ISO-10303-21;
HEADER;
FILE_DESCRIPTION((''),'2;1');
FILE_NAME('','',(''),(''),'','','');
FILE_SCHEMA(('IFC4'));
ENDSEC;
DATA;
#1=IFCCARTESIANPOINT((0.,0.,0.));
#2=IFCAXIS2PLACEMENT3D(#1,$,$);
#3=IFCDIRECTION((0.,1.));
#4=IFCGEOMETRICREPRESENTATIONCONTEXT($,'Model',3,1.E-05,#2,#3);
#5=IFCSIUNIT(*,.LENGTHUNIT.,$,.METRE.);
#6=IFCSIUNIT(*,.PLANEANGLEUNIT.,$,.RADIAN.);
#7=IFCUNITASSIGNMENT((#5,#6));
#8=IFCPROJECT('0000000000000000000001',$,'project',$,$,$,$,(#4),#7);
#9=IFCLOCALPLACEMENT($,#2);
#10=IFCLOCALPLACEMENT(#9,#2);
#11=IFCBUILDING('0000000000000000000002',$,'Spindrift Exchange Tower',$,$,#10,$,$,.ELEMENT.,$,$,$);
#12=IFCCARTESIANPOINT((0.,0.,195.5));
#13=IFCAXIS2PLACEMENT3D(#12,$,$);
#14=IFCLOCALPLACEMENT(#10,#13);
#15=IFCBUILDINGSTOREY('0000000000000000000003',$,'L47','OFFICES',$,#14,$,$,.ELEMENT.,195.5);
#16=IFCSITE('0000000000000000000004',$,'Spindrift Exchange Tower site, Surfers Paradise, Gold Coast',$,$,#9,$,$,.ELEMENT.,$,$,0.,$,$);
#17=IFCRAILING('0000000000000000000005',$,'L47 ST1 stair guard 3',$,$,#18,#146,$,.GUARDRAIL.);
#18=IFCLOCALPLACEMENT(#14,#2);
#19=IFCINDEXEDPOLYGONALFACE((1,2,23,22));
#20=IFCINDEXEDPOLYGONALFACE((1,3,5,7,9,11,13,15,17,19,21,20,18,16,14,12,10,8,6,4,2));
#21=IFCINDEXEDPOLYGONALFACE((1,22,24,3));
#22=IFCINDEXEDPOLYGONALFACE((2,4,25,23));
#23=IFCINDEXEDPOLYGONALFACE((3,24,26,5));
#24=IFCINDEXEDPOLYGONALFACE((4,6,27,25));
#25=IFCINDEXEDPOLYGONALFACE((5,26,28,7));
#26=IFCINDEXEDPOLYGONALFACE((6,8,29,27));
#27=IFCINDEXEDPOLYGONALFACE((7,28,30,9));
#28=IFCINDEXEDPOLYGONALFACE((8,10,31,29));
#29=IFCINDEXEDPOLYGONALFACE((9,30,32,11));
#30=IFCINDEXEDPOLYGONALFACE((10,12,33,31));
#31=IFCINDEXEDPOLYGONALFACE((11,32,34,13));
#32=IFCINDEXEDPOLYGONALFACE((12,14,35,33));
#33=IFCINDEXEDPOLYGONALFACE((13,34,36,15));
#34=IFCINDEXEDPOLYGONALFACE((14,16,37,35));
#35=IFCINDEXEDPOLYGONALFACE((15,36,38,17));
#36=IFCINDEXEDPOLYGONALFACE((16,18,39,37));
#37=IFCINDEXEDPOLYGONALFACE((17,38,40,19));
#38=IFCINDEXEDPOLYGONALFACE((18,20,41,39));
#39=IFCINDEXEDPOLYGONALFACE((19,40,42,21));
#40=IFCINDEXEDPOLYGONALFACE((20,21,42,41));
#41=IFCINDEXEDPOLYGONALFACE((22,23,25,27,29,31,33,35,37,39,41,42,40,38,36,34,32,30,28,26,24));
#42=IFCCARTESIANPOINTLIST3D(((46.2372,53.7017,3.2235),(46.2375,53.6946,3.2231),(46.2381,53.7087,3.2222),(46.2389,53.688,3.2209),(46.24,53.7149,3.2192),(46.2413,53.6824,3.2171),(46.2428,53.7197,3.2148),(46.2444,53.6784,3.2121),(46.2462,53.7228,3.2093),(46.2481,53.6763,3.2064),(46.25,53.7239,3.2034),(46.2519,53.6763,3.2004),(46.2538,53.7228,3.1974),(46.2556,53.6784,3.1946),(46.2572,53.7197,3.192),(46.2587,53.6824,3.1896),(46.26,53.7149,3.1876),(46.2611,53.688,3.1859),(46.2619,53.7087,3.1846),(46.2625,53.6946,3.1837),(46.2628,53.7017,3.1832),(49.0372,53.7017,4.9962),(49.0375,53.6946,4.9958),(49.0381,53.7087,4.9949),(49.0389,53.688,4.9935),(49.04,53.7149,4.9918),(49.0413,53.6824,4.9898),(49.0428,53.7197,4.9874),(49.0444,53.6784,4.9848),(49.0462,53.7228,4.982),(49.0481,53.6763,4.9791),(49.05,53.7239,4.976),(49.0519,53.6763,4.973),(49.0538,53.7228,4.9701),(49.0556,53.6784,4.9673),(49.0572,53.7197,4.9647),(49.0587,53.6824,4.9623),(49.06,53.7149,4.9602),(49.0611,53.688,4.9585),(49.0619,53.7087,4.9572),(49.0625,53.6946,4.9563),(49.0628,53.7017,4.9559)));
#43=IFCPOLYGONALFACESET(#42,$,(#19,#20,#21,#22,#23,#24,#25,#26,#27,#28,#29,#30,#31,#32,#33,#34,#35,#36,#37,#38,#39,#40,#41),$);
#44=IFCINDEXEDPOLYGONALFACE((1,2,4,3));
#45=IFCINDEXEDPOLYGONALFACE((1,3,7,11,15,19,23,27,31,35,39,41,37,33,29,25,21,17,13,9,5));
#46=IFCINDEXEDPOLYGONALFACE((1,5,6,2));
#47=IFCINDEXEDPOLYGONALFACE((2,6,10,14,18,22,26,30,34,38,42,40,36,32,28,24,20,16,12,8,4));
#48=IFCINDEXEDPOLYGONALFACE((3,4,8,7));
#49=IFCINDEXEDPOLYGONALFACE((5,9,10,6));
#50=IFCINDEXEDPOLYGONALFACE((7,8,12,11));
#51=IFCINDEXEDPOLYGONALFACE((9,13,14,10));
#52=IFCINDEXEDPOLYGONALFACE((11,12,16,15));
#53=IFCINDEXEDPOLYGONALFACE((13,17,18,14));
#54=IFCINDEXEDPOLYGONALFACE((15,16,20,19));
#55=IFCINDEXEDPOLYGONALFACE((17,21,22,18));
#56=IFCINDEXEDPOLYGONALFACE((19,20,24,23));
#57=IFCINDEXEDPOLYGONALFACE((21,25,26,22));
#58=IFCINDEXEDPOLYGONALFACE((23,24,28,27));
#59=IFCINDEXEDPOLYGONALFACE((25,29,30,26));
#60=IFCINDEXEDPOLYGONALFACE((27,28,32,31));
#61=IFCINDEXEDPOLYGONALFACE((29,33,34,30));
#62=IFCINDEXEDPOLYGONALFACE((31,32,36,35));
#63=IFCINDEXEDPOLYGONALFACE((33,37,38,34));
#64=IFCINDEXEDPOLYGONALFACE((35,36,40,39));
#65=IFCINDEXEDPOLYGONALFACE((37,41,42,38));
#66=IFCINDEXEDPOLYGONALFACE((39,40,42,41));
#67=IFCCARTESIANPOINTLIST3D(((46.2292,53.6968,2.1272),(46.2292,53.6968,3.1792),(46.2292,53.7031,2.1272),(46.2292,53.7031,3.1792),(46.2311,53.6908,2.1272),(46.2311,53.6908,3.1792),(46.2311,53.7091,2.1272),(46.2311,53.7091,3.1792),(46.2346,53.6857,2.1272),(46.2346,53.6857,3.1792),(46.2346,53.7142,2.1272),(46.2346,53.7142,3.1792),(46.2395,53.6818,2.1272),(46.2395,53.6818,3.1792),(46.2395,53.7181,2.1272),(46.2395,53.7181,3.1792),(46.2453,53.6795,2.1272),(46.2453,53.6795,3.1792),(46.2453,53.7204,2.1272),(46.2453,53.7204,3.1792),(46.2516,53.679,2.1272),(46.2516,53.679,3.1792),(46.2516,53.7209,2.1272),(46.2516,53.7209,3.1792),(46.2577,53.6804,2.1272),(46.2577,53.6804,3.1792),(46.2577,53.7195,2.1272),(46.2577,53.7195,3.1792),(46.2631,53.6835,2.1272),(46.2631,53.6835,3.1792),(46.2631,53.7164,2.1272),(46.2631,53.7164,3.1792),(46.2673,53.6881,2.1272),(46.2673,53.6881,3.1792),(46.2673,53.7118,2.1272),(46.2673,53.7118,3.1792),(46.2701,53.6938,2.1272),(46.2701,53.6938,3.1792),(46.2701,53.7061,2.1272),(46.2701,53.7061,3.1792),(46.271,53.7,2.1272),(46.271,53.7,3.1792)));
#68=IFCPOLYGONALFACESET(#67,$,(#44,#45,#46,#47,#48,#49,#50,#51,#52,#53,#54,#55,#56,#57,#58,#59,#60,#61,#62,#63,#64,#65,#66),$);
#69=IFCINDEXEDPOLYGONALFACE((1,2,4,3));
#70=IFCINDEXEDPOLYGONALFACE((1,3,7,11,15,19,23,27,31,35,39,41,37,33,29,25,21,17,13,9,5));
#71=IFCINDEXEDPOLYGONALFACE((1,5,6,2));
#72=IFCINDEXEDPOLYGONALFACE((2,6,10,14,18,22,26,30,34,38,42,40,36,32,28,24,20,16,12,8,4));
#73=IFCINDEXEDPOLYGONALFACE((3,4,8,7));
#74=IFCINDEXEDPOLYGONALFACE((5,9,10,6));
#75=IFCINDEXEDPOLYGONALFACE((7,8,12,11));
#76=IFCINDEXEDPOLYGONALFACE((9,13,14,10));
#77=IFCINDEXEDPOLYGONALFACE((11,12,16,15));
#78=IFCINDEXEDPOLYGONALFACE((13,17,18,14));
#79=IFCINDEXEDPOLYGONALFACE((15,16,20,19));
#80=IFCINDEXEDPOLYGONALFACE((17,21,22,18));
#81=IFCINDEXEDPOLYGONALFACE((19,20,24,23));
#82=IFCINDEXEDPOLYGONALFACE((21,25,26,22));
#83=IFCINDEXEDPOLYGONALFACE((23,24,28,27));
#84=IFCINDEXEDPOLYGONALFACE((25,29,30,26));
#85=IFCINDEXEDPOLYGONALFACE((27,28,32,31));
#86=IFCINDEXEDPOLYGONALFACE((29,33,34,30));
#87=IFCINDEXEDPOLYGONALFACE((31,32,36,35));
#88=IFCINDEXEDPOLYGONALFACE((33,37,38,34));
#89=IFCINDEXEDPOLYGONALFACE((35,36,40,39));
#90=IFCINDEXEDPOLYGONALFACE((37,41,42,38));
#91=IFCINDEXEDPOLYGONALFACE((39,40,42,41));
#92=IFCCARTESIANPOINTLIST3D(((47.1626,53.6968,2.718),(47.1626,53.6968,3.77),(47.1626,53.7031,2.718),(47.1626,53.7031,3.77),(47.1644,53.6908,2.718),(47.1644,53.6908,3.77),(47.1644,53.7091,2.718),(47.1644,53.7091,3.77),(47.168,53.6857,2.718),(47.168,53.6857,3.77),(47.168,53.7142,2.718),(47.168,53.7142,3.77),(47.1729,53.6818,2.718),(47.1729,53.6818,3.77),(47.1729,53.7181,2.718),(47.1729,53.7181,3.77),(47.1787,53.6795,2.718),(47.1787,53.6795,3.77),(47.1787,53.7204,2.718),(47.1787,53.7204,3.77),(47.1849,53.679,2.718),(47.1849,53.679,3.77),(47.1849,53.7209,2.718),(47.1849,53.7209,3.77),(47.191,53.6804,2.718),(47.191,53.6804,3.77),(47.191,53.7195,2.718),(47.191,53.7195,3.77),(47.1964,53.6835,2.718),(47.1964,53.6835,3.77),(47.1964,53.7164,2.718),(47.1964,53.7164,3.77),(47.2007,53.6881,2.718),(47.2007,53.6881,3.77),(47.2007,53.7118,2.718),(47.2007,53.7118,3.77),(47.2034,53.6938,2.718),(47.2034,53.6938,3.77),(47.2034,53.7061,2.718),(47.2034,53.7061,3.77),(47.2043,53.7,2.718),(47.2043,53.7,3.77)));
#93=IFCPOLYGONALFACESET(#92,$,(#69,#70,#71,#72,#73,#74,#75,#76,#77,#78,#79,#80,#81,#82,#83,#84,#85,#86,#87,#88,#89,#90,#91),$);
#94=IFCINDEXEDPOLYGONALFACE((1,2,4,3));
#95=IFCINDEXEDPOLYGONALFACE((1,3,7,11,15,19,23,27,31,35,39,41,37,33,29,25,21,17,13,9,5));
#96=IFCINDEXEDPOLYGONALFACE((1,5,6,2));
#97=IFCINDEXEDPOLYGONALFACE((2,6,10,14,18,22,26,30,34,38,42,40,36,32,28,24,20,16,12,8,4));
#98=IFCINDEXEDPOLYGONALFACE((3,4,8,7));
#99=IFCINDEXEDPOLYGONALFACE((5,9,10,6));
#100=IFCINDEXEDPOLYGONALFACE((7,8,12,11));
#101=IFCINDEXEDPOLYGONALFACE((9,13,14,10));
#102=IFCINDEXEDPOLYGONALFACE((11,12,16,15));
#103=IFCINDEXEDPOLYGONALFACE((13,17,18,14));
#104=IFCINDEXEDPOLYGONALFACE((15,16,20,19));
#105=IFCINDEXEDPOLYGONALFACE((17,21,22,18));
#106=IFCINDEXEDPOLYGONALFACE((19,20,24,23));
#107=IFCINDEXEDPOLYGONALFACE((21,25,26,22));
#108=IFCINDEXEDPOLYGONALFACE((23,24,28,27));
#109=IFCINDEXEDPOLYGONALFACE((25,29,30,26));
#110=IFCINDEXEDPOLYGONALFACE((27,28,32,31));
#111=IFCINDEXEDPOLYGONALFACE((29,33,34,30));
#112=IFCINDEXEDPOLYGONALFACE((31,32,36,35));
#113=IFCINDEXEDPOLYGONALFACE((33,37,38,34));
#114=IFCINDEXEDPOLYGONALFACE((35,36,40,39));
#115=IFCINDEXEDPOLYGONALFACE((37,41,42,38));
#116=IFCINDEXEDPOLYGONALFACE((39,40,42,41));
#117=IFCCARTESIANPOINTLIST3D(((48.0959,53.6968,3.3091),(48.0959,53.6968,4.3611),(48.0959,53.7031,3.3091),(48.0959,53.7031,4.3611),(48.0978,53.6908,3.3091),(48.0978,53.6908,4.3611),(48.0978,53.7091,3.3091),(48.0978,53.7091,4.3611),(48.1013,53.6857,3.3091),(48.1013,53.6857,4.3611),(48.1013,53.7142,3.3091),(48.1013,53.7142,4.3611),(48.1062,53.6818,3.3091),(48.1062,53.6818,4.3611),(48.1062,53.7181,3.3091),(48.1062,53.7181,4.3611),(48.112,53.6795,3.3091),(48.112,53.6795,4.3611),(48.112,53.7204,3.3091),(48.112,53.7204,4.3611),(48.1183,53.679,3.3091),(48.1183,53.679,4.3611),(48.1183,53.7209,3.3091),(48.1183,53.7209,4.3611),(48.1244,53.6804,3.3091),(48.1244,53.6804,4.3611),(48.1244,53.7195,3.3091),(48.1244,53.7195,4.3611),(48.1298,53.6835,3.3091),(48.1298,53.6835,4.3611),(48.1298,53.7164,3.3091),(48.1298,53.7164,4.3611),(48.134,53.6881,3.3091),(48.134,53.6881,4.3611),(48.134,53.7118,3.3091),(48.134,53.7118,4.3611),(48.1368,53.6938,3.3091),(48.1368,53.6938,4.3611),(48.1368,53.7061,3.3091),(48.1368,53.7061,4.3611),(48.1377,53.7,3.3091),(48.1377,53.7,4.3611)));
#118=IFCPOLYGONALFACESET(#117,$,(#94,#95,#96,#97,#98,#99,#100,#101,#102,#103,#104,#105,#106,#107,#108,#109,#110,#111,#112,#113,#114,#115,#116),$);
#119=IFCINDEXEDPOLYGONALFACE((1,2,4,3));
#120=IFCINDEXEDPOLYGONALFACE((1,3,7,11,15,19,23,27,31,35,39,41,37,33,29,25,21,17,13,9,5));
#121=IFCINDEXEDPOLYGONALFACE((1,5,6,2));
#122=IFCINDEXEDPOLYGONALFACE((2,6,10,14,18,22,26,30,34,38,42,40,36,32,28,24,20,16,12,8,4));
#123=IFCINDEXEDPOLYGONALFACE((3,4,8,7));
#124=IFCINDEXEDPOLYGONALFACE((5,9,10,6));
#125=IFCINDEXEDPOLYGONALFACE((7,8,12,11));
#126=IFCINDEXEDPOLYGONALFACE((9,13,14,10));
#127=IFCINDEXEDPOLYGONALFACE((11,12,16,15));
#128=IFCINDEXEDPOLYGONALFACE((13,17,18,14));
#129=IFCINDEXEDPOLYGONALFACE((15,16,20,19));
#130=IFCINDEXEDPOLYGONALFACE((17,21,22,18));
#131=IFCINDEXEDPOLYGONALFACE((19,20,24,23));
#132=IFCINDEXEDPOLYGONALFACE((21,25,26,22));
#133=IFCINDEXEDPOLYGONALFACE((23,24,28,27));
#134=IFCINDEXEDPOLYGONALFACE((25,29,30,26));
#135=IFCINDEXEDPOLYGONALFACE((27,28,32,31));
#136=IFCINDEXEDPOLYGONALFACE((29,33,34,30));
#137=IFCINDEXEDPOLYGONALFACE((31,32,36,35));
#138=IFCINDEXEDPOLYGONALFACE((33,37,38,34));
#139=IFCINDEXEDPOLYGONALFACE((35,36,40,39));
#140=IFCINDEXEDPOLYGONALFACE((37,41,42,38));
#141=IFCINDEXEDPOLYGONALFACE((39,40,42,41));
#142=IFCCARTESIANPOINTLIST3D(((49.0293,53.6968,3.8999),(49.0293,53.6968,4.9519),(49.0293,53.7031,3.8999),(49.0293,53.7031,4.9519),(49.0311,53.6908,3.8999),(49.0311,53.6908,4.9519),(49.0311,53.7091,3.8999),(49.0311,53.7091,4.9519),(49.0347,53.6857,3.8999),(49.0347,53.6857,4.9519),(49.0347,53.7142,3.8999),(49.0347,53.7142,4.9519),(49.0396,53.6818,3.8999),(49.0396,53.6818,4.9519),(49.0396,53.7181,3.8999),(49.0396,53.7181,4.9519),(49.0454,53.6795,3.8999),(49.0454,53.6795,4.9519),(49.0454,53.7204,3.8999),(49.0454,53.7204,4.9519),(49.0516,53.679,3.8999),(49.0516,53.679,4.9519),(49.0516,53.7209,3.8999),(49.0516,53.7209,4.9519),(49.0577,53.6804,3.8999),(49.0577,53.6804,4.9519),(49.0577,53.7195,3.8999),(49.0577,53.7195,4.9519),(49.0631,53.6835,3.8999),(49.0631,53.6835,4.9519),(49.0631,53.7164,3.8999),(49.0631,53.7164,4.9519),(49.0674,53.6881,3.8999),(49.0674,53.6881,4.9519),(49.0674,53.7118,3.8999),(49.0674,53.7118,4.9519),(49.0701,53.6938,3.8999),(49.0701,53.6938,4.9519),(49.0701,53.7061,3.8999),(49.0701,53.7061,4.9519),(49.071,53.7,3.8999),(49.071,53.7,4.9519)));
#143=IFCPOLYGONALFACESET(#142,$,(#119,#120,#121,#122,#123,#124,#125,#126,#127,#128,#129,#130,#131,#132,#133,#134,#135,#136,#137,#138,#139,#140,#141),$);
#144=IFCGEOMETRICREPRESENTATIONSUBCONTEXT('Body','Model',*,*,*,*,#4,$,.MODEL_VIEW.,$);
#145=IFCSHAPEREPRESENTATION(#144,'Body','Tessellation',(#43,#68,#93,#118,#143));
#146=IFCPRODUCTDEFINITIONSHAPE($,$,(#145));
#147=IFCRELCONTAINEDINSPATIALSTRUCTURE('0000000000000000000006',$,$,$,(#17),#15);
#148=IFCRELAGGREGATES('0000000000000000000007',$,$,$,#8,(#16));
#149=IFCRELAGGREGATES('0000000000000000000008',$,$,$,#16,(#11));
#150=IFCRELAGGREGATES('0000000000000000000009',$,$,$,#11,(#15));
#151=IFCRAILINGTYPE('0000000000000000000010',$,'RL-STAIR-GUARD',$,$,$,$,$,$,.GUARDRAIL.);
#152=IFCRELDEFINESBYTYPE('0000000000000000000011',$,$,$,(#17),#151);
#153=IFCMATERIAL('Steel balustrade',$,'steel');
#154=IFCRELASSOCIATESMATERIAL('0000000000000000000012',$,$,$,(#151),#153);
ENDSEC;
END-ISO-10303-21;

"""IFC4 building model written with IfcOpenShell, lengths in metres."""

from ifc_helpers import new_model, si_unit, direction, frame, origin, origin_2d, place, context, subcontext, project, spatial, circle, extrude, material, type_object, element, save


model = new_model("IFC4")

# Units and contexts
model_context = context("Model", 3, precision=1e-05, world=origin(), true_north=direction((0.0, 1.0)))
body_context = subcontext(model_context, "Body", "Model", "MODEL_VIEW")
ifc_project = project(units=[si_unit("LENGTHUNIT", "METRE"), si_unit("PLANEANGLEUNIT", "RADIAN")], contexts=[model_context])

# Site, building, storey
site_placement = place(None, origin())
site = spatial("IfcSite", under=ifc_project, at=site_placement, Name="Spindrift Exchange Tower site, Surfers Paradise, Gold Coast", CompositionType="ELEMENT", RefElevation=0.0)
building_placement = place(site_placement, origin())
building = spatial("IfcBuilding", under=site, at=building_placement, Name="Spindrift Exchange Tower", CompositionType="ELEMENT")
storey_placement = place(building_placement, frame((0.0, 0.0, 195.5)))
storey = spatial("IfcBuildingStorey", under=building, at=storey_placement, Name="L47", Description="OFFICES", CompositionType="ELEMENT", Elevation=195.5)

# Railing
ifc_material_1 = material(Name="Steel balustrade", Category="steel")
railing_type_1 = type_object("IfcRailingType", Name="RL-STAIR-GUARD", PredefinedType="GUARDRAIL", material=ifc_material_1)
railing_1_placement = place(storey_placement, frame((46.25, 53.7, 2.1272)))
element("IfcRailing", 1, at=railing_1_placement, inside=storey, type_object=railing_type_1, Name="L47 ST1 stair guard 3", PredefinedType="GUARDRAIL", context=body_context, shape_type="SweptSolid", body=[
    extrude(circle(Radius=0.0239, at=origin_2d()), frame((0.0, 0.0, 1.0762), z_axis=(0.844909, 0.0, 0.53491), x_axis=(0.0, 1.0, 0.0)), (0.0, 0.0, 1.0), 3.314),
    extrude(circle(Radius=0.021, at=origin_2d()), origin(), (0.0, 0.0, 1.0), 1.052),
    extrude(circle(Radius=0.021, at=origin_2d()), frame((0.9333, 0.0, 0.5908)), (0.0, 0.0, 1.0), 1.052),
    extrude(circle(Radius=0.021, at=origin_2d()), frame((1.8667, 0.0, 1.1819)), (0.0, 0.0, 1.0), 1.052),
    extrude(circle(Radius=0.021, at=origin_2d()), frame((2.8, 0.0, 1.7727)), (0.0, 0.0, 1.0), 1.052),
])

save(model, "model.ifc")
